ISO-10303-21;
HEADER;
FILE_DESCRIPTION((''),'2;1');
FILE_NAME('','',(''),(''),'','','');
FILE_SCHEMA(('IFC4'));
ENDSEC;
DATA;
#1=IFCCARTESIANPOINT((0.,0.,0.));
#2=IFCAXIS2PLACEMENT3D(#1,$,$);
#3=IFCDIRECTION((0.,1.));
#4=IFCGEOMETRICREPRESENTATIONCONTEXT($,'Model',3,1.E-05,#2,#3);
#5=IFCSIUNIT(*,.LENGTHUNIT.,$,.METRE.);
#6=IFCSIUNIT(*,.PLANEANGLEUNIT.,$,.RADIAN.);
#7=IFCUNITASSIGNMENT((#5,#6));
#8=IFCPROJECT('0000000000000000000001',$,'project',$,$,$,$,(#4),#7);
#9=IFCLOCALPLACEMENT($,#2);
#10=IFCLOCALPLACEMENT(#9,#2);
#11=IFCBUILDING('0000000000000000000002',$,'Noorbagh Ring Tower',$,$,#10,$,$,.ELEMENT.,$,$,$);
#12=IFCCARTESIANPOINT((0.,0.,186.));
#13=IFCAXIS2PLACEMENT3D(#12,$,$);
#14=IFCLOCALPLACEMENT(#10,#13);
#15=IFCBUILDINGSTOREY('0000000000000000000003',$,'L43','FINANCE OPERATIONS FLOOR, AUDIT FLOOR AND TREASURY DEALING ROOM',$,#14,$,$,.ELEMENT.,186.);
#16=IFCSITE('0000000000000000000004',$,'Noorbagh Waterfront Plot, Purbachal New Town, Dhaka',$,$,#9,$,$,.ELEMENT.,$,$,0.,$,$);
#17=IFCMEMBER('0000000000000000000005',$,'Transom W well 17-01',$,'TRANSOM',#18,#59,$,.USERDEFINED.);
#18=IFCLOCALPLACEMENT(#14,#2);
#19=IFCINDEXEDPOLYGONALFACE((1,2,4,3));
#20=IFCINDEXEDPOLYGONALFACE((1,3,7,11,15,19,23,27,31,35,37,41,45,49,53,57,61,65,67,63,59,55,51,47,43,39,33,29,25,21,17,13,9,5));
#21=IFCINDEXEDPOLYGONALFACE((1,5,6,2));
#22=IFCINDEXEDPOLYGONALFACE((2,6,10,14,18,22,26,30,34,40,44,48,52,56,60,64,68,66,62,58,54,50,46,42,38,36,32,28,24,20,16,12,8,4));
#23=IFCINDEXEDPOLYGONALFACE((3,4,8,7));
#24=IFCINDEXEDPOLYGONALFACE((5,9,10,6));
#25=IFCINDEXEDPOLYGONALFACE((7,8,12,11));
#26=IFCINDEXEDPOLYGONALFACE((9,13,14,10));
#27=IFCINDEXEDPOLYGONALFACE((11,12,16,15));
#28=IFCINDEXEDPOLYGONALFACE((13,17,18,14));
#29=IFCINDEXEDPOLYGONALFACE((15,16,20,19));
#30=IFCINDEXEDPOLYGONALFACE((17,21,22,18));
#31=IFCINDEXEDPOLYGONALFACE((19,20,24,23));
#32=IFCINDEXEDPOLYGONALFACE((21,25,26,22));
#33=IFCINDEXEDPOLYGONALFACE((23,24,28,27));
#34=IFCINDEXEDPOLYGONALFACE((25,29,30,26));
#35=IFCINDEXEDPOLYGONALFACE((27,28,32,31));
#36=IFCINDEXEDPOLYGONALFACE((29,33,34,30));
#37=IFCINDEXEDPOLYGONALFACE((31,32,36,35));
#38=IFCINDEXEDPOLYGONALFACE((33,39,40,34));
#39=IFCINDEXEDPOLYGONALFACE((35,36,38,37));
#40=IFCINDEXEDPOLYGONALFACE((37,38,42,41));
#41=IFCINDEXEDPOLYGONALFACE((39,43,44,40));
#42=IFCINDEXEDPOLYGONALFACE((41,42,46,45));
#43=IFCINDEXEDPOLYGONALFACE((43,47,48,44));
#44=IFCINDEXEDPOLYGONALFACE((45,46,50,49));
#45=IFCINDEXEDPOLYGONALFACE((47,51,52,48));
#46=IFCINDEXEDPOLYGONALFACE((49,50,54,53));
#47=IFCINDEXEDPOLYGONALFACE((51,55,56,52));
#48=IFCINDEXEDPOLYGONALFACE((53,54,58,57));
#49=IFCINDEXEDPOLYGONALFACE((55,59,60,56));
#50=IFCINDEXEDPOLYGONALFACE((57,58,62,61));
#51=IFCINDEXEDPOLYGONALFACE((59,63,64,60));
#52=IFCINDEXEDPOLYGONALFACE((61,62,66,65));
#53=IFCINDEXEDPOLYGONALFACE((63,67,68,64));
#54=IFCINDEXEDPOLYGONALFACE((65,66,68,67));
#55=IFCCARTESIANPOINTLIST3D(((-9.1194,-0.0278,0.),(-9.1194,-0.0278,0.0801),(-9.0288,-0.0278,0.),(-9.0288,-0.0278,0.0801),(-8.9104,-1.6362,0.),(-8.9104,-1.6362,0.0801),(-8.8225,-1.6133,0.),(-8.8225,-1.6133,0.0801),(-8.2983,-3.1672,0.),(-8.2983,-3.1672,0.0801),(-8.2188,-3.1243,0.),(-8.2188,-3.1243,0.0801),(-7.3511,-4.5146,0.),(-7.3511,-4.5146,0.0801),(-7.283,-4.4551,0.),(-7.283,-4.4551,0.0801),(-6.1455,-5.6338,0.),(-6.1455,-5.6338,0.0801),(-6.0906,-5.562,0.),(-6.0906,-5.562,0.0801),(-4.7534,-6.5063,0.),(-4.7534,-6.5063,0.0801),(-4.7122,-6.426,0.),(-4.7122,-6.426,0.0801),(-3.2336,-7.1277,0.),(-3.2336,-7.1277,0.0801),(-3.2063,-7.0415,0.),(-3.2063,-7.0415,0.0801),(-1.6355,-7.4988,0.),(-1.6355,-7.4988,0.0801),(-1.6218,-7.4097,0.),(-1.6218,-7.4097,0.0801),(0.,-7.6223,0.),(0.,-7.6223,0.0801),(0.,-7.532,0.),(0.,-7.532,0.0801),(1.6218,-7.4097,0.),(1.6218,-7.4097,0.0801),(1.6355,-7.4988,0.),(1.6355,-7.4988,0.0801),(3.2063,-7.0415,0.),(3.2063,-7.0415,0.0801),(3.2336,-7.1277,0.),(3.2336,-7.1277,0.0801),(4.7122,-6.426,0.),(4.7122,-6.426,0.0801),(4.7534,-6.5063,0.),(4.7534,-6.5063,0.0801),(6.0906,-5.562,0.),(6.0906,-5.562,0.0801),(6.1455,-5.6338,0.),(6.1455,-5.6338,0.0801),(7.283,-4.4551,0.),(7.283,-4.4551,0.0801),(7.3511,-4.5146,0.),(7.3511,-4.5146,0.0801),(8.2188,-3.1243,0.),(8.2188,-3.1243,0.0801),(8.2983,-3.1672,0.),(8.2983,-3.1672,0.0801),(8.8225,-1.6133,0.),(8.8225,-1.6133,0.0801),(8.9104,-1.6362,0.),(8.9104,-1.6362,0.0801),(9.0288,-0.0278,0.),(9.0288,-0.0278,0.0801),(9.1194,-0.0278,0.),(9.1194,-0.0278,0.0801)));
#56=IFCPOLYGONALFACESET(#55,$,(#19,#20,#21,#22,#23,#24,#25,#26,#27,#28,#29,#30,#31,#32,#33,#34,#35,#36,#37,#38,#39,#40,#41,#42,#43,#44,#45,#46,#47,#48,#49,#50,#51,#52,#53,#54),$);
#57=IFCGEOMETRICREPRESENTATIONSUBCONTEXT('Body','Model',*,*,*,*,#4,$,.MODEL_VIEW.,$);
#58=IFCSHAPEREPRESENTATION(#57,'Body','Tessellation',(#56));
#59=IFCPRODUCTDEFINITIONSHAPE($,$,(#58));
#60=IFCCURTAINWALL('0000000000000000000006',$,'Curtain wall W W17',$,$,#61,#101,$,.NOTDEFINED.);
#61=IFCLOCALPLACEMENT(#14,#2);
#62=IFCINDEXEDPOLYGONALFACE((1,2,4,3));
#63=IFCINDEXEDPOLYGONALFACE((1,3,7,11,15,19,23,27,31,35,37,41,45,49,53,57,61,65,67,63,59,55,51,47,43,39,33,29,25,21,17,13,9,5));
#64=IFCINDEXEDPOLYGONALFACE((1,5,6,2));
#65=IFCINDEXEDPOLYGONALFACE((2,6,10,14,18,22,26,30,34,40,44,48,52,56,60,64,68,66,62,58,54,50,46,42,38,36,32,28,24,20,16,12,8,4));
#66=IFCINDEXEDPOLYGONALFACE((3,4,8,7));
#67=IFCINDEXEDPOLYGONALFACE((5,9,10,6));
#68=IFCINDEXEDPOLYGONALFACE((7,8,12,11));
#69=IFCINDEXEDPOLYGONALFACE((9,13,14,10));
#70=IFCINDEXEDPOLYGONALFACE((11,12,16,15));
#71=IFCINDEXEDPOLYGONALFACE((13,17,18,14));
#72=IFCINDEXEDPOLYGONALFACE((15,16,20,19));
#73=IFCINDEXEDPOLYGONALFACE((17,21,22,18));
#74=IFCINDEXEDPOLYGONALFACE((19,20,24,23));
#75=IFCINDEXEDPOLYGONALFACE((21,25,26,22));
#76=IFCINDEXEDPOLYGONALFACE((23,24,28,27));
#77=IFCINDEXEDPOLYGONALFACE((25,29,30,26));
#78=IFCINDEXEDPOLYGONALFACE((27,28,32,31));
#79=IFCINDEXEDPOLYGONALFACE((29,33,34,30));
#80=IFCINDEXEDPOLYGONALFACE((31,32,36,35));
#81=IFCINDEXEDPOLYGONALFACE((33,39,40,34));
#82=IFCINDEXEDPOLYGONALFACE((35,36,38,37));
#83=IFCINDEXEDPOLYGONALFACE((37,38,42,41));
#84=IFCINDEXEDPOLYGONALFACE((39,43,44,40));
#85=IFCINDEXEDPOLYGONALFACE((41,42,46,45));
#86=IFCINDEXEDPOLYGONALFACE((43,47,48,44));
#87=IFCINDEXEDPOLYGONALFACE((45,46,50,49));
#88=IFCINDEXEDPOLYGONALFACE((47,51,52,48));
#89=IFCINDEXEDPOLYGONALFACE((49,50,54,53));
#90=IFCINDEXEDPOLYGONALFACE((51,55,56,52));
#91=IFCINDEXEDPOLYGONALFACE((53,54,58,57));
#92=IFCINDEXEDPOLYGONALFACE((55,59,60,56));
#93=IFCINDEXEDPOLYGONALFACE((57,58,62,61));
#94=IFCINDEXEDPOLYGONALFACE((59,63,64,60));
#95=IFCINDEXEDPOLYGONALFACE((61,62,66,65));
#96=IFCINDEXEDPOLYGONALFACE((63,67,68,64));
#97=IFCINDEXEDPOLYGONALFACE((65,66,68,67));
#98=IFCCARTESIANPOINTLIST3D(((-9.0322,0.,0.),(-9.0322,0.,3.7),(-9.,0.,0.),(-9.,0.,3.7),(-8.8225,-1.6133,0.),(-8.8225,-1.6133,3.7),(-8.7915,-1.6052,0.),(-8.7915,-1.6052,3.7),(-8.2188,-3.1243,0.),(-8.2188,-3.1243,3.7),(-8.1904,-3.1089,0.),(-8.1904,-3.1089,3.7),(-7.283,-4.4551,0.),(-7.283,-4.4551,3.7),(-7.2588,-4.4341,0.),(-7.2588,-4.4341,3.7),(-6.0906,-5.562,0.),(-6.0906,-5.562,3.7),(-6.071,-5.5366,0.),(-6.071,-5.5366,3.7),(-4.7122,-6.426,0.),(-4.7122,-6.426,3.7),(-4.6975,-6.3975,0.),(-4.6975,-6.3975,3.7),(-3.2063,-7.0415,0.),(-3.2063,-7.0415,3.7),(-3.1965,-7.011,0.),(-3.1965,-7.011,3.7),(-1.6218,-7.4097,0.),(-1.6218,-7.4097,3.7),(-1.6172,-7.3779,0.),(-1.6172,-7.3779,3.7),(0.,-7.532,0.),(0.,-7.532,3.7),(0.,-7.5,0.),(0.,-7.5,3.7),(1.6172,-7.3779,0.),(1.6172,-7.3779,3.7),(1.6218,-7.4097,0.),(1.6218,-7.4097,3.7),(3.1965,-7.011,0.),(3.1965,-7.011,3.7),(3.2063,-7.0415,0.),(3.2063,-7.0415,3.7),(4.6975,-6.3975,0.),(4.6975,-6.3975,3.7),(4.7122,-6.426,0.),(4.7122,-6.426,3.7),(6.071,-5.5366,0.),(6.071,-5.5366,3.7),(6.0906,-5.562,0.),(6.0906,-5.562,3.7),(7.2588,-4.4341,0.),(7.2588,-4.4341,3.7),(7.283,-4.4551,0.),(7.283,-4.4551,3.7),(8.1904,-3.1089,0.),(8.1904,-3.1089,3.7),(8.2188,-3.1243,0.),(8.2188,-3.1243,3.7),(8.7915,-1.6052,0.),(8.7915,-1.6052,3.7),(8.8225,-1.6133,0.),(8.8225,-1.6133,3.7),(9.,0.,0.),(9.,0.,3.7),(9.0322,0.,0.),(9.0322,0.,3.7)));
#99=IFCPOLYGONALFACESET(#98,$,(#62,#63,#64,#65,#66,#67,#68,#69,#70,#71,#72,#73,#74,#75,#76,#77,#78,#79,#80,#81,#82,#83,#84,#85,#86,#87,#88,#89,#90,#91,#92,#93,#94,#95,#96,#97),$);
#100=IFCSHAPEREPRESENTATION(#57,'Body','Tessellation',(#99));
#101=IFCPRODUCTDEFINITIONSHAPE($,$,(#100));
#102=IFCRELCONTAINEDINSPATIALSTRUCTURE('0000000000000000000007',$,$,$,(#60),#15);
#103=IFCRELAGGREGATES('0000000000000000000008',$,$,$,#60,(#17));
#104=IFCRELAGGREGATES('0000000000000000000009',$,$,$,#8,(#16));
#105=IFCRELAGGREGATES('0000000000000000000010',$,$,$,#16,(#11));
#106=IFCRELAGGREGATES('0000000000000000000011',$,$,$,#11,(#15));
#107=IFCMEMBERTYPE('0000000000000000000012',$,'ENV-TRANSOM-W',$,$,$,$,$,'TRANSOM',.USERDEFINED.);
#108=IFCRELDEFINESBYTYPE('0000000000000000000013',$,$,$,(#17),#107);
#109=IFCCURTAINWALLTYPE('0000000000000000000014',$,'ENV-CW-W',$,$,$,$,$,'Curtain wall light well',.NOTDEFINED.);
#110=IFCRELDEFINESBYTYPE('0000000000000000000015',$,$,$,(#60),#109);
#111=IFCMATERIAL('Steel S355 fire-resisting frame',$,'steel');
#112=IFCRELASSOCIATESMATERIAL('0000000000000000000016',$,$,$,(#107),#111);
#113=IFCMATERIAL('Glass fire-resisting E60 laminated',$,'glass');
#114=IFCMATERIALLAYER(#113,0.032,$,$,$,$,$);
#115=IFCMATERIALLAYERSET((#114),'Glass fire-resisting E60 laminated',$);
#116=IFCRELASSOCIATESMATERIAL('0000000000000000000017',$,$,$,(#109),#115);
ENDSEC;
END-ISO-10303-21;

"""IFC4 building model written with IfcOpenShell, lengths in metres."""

from ifc_helpers import new_model, si_unit, direction, frame, origin, place, context, subcontext, project, spatial, polyline, outline, extrude, material, layer, layer_set, type_object, element, aggregate, save


model = new_model("IFC4")

# Units and contexts
model_context = context("Model", 3, precision=1e-05, world=origin(), true_north=direction((0.0, 1.0)))
body_context = subcontext(model_context, "Body", "Model", "MODEL_VIEW")
ifc_project = project(units=[si_unit("LENGTHUNIT", "METRE"), si_unit("PLANEANGLEUNIT", "RADIAN")], contexts=[model_context])

# Member
site_placement = place(None, origin())
building_placement = place(site_placement, origin())
storey_placement = place(building_placement, frame((0.0, 0.0, 186.0)))
ifc_material_1 = material(Name="Steel S355 fire-resisting frame", Category="steel")
member_type_1 = type_object("IfcMemberType", Name="ENV-TRANSOM-W", ElementType="TRANSOM", PredefinedType="USERDEFINED", material=ifc_material_1)
member_1_placement = place(storey_placement, origin())
member_1 = element("IfcMember", 1, at=member_1_placement, type_object=member_type_1, Name="Transom W well 17-01", ObjectType="TRANSOM", PredefinedType="USERDEFINED", context=body_context, shape_type="SweptSolid", body=[
    extrude(outline(polyline([(-9.1194, -0.0278), (-8.9104, -1.6362), (-8.2983, -3.1672), (-7.3511, -4.5146), (-6.1455, -5.6338), (-4.7534, -6.5063), (-3.2336, -7.1277), (-1.6355, -7.4988), (0.0, -7.6223), (1.6355, -7.4988), (3.2336, -7.1277), (4.7534, -6.5063), (6.1455, -5.6338), (7.3511, -4.5146), (8.2983, -3.1672), (8.9104, -1.6362), (9.1194, -0.0278), (9.0288, -0.0278), (8.8225, -1.6133), (8.2188, -3.1243), (7.283, -4.4551), (6.0906, -5.562), (4.7122, -6.426), (3.2063, -7.0415), (1.6218, -7.4097), (0.0, -7.532), (-1.6218, -7.4097), (-3.2063, -7.0415), (-4.7122, -6.426), (-6.0906, -5.562), (-7.283, -4.4551), (-8.2188, -3.1243), (-8.8225, -1.6133), (-9.0288, -0.0278), (-9.1194, -0.0278)])), origin(), (0.0, 0.0, 1.0), 0.0801),
])

# Site, building, storey
site = spatial("IfcSite", under=ifc_project, at=site_placement, Name="Noorbagh Waterfront Plot, Purbachal New Town, Dhaka", CompositionType="ELEMENT", RefElevation=0.0)
building = spatial("IfcBuilding", under=site, at=building_placement, Name="Noorbagh Ring Tower", CompositionType="ELEMENT")
storey = spatial("IfcBuildingStorey", under=building, at=storey_placement, Name="L43", Description="FINANCE OPERATIONS FLOOR, AUDIT FLOOR AND TREASURY DEALING ROOM", CompositionType="ELEMENT", Elevation=186.0)

# Curtain wall
ifc_material_2 = material(Name="Glass fire-resisting E60 laminated", Category="glass")
ifc_layer_1 = layer(ifc_material_2, 0.032)
ifc_layer_set_1 = layer_set([ifc_layer_1], Name="Glass fire-resisting E60 laminated")
curtain_wall_type_1 = type_object("IfcCurtainWallType", Name="ENV-CW-W", ElementType="Curtain wall light well", PredefinedType="NOTDEFINED", material=ifc_layer_set_1)
curtain_wall_1_placement = place(storey_placement, origin())
curtain_wall_1 = element("IfcCurtainWall", 2, at=curtain_wall_1_placement, inside=storey, type_object=curtain_wall_type_1, Name="Curtain wall W W17", PredefinedType="NOTDEFINED", context=body_context, shape_type="SweptSolid", body=[
    extrude(outline(polyline([(-9.0322, 0.0), (-8.8225, -1.6133), (-8.2188, -3.1243), (-7.283, -4.4551), (-6.0906, -5.562), (-4.7122, -6.426), (-3.2063, -7.0415), (-1.6218, -7.4097), (0.0, -7.532), (1.6218, -7.4097), (3.2063, -7.0415), (4.7122, -6.426), (6.0906, -5.562), (7.283, -4.4551), (8.2188, -3.1243), (8.8225, -1.6133), (9.0322, 0.0), (9.0, 0.0), (8.7915, -1.6052), (8.1904, -3.1089), (7.2588, -4.4341), (6.071, -5.5366), (4.6975, -6.3975), (3.1965, -7.011), (1.6172, -7.3779), (0.0, -7.5), (-1.6172, -7.3779), (-3.1965, -7.011), (-4.6975, -6.3975), (-6.071, -5.5366), (-7.2588, -4.4341), (-8.1904, -3.1089), (-8.7915, -1.6052), (-9.0, 0.0), (-9.0322, 0.0)])), origin(), (0.0, 0.0, 1.0), 3.7),
])
aggregate(curtain_wall_1, [member_1])

save(model, "model.ifc")
